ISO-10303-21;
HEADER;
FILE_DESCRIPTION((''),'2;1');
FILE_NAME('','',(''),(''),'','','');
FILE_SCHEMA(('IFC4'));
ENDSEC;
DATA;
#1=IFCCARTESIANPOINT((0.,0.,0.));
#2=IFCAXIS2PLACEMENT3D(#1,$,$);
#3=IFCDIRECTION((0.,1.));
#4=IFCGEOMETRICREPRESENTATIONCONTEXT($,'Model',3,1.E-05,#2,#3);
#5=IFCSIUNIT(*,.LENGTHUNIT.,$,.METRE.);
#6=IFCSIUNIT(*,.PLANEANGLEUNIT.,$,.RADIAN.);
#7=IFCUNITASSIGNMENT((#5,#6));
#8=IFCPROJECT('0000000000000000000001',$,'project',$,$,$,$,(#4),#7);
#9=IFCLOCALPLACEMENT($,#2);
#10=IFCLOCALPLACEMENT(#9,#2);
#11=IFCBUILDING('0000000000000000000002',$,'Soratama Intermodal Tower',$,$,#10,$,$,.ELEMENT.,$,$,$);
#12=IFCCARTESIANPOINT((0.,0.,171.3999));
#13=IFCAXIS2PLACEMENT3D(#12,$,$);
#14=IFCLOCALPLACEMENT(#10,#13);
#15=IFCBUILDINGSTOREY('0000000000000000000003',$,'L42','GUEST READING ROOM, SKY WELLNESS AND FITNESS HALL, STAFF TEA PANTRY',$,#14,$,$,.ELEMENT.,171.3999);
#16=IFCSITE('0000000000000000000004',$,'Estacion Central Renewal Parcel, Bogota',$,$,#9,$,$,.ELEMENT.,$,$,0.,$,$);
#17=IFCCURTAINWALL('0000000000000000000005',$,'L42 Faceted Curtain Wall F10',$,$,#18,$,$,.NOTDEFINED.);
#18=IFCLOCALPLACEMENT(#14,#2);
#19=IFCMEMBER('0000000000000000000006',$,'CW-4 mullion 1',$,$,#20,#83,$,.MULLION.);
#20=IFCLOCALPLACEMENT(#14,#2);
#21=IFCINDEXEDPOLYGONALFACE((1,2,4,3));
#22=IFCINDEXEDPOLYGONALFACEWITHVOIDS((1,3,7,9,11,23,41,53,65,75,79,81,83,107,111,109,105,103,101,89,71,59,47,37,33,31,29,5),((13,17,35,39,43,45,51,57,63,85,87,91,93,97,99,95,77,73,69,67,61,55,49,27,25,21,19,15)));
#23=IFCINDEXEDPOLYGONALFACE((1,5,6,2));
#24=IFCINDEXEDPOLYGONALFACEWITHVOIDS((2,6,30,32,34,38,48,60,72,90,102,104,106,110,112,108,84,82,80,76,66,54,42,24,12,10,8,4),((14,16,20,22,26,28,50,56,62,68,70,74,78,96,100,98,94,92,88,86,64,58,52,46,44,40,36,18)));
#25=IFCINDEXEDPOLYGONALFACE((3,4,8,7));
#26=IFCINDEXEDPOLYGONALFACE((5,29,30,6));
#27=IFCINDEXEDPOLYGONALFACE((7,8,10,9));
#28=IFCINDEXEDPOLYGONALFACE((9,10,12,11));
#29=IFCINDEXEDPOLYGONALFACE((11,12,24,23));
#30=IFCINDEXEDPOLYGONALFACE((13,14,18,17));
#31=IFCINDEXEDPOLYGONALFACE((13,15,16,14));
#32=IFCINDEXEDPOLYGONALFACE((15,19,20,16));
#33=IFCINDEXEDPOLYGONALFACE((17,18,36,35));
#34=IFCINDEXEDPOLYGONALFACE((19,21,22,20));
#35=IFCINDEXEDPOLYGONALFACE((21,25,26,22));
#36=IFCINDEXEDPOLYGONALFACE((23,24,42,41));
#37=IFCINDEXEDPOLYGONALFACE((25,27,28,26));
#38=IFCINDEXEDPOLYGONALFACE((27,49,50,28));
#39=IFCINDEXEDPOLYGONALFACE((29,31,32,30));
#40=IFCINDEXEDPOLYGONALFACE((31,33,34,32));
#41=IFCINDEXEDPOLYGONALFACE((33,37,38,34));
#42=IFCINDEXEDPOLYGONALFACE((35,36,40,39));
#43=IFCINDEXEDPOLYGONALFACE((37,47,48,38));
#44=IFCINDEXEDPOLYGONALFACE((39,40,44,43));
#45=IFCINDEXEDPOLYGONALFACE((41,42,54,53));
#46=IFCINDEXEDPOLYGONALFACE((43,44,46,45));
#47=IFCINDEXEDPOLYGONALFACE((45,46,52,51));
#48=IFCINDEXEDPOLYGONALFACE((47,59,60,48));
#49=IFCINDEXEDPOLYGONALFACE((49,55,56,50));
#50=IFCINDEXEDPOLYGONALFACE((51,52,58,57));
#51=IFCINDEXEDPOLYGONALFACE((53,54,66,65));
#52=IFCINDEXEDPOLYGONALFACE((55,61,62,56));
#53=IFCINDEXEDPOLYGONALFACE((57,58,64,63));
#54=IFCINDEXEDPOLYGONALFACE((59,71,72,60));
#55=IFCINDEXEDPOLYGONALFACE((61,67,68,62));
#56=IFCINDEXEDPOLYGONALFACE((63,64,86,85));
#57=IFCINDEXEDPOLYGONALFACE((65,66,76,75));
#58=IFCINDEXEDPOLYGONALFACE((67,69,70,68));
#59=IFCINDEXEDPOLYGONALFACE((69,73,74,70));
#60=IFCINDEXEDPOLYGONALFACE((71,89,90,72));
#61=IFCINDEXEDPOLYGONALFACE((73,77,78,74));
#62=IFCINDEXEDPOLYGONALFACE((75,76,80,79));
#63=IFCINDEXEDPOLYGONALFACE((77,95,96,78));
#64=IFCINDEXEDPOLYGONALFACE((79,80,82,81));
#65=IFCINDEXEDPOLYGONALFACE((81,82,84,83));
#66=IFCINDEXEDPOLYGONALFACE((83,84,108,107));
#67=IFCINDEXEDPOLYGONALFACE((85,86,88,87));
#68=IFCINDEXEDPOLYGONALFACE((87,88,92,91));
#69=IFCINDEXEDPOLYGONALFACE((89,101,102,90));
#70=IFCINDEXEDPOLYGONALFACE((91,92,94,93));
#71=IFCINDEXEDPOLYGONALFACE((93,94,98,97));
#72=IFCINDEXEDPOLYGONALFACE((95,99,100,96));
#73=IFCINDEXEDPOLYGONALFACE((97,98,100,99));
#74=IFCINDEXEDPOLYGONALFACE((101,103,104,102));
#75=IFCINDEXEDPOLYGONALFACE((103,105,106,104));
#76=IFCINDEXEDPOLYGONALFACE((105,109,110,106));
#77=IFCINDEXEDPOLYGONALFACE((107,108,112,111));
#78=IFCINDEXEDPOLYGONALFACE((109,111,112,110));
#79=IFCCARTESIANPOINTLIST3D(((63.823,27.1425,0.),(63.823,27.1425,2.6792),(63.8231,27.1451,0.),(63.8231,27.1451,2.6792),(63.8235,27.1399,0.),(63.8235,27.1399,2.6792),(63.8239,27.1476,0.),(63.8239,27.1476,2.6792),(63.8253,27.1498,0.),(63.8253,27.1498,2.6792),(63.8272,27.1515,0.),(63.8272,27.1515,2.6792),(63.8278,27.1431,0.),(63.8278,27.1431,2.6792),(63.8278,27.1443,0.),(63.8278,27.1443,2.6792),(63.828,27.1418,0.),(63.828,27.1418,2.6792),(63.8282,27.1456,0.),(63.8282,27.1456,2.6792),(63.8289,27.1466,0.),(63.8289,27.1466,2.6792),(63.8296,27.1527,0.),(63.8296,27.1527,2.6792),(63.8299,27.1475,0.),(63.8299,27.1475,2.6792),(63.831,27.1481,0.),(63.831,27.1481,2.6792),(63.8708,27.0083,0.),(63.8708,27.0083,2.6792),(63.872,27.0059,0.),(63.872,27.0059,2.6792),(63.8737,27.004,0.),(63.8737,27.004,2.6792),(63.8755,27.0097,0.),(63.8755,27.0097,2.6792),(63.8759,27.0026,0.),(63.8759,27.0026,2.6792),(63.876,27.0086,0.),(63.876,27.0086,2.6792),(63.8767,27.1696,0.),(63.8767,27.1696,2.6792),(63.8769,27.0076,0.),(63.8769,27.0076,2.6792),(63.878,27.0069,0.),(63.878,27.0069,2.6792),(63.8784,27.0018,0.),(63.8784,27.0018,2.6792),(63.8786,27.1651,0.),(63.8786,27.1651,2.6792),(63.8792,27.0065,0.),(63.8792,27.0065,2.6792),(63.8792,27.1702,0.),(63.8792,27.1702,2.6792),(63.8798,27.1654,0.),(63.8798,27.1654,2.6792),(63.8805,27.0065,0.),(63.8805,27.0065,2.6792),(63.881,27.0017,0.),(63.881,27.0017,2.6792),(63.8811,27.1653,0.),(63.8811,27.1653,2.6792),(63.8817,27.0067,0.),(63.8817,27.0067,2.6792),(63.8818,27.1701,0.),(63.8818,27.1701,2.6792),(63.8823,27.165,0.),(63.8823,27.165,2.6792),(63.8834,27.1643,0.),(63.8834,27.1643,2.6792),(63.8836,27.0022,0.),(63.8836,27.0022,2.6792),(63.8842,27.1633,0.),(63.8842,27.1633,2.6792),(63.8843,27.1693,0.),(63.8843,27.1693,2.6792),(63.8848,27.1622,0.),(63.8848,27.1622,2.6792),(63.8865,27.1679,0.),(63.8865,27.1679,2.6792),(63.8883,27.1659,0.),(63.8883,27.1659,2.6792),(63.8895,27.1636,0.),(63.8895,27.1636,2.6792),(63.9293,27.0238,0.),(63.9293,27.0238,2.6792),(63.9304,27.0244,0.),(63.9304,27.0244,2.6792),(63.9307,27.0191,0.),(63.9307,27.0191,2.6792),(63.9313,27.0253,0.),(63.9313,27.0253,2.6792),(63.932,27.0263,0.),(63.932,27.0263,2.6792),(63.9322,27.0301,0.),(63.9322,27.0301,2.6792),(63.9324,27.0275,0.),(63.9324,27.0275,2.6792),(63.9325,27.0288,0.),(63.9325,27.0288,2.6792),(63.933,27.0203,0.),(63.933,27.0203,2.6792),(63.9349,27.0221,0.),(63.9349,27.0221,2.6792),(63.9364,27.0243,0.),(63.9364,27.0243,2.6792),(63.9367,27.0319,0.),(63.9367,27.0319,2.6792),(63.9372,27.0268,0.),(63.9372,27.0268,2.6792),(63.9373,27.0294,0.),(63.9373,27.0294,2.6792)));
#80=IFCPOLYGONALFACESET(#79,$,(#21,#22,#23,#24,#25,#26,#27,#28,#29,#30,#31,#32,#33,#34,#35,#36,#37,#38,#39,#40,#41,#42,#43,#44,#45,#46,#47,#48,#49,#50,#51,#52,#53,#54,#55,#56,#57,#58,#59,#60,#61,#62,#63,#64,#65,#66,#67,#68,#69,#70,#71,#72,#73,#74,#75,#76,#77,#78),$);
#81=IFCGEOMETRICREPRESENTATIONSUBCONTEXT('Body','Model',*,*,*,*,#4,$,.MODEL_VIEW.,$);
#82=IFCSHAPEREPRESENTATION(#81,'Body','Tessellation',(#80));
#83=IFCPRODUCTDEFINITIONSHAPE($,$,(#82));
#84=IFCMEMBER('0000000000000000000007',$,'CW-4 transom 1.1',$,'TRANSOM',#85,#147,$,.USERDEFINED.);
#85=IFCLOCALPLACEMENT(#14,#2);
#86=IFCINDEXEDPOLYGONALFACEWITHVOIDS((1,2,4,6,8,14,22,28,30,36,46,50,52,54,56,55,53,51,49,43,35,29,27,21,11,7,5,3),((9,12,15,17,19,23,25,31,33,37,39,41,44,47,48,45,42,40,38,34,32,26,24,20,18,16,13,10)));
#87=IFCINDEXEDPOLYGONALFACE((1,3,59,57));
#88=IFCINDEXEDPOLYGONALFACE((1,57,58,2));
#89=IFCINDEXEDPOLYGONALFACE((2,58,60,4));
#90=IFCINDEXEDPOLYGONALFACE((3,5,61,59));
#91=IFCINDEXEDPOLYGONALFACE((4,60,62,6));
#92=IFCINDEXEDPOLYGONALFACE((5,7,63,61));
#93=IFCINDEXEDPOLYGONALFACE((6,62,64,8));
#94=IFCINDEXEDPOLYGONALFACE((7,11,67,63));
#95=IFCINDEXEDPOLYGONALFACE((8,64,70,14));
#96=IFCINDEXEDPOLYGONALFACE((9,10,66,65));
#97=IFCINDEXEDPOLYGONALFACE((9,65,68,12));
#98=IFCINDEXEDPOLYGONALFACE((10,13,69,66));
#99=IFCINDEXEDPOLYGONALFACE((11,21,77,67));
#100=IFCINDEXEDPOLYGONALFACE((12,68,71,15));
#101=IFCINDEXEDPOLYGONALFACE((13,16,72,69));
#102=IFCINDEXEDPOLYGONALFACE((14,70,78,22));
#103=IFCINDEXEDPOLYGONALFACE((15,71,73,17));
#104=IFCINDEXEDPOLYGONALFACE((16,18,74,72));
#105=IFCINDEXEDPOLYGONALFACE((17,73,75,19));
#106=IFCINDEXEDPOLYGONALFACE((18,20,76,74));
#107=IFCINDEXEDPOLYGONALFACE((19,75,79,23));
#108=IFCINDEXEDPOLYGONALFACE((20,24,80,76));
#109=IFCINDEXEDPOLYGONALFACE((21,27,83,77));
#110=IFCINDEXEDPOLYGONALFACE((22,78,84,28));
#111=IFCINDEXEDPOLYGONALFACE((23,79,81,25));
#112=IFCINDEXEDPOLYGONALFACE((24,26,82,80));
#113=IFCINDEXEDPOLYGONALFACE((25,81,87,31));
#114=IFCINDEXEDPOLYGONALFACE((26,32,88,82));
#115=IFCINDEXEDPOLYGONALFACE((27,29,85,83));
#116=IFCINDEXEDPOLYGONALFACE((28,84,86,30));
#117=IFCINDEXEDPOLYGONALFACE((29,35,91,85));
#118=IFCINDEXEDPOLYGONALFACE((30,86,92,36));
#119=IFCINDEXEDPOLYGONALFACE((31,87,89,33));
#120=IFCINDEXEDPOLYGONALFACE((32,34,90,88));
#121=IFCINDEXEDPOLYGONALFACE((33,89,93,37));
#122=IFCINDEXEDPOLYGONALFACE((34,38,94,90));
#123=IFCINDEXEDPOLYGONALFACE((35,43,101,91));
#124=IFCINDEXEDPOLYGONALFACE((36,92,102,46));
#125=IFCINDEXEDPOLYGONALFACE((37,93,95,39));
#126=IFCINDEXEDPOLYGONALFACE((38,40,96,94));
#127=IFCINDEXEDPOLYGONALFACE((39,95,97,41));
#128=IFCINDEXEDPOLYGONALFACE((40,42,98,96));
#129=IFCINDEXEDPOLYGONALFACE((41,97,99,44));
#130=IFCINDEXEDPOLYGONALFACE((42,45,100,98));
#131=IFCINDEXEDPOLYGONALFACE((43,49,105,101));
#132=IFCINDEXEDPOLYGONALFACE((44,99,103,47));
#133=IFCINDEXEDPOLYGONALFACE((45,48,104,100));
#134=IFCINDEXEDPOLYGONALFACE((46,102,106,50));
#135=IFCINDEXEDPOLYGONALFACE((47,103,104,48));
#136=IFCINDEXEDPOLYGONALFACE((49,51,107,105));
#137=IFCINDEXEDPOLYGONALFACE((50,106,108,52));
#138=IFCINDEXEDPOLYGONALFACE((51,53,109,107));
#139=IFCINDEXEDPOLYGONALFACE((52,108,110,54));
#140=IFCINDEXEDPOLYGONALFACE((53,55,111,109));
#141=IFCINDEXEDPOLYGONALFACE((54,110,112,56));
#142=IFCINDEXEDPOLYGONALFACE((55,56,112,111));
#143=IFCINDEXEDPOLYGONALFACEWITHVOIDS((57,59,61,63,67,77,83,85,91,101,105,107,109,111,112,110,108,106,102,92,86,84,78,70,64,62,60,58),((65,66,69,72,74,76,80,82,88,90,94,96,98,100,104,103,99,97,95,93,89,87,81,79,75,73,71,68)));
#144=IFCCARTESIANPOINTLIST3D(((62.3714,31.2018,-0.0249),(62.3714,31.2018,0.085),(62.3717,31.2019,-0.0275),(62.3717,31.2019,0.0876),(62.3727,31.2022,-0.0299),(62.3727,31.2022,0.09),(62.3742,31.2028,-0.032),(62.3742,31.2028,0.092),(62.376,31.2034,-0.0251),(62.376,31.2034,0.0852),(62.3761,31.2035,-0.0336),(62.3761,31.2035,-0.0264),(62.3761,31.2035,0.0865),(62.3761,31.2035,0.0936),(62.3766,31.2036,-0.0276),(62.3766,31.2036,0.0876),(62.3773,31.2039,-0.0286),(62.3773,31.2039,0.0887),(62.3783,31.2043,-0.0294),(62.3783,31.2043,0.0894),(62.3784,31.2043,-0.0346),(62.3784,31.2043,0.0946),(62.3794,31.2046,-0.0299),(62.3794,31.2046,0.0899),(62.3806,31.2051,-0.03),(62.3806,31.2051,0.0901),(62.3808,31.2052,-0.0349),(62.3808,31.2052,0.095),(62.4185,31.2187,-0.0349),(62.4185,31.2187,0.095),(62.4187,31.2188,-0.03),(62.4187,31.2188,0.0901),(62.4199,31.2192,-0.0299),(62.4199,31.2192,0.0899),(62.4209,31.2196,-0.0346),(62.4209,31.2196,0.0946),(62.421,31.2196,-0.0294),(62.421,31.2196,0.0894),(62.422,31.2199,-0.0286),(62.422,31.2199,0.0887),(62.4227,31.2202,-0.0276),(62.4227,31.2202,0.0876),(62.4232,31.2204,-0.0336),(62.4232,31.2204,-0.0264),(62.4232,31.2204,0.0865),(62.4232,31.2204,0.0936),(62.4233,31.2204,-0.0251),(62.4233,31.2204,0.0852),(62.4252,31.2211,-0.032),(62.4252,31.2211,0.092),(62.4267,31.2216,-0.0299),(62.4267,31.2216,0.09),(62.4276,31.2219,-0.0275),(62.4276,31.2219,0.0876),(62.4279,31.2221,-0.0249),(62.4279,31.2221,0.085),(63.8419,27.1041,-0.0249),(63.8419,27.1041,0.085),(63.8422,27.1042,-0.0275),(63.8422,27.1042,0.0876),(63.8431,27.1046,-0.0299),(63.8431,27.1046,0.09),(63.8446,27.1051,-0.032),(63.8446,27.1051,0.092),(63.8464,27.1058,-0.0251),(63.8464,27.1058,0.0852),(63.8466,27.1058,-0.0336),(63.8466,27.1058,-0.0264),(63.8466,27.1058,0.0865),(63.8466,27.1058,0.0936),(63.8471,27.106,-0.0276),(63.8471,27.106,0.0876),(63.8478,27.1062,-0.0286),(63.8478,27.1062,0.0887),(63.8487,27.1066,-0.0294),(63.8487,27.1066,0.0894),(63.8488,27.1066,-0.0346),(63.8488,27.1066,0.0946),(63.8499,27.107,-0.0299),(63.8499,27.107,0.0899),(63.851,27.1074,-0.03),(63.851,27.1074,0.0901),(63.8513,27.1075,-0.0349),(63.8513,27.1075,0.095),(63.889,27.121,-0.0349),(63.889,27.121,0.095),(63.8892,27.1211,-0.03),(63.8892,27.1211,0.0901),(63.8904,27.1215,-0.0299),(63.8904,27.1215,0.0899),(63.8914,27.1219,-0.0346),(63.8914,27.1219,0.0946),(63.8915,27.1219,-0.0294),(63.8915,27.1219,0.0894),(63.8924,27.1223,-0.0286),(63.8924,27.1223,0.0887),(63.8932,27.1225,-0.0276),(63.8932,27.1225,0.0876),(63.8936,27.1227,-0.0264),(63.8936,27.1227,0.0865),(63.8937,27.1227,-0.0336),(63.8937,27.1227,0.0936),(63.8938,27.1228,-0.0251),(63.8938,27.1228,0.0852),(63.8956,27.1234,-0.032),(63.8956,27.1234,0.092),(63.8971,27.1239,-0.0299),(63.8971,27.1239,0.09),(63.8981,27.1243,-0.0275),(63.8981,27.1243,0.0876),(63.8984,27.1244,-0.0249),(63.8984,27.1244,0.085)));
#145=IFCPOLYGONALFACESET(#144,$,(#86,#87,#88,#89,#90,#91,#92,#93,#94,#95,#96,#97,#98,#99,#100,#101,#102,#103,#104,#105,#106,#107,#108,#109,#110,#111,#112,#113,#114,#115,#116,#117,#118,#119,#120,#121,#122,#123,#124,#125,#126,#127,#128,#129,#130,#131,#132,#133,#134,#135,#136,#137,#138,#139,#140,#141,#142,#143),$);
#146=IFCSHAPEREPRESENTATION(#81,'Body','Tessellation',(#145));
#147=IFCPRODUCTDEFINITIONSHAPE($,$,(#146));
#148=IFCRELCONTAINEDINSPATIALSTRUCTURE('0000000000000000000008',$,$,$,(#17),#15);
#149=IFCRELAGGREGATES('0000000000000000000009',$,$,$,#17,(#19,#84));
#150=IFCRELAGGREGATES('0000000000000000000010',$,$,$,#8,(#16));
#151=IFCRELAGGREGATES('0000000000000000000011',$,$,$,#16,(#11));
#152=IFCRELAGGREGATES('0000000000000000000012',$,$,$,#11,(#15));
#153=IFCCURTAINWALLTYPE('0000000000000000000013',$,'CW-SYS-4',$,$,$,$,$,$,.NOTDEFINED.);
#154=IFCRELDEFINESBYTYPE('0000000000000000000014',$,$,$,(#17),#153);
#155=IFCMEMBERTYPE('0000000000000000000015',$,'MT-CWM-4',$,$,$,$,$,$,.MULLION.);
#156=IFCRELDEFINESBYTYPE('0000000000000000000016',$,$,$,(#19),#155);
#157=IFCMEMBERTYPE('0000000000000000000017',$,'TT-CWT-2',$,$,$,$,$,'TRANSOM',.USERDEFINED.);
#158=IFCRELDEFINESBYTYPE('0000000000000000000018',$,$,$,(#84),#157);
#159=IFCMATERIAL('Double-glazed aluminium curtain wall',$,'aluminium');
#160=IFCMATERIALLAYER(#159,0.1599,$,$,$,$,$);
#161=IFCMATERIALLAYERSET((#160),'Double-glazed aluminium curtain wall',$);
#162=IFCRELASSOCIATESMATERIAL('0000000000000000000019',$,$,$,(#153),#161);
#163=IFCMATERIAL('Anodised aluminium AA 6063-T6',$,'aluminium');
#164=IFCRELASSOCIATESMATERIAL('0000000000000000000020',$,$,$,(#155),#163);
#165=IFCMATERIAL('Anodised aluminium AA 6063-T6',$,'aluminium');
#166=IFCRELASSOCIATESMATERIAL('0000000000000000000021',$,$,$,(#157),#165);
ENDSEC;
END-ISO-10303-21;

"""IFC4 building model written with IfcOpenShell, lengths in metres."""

from ifc_helpers import new_model, si_unit, direction, frame, origin, origin_2d, place, context, subcontext, project, spatial, hollow_rectangle, extrude, material, layer, layer_set, material_profile, profile_set, type_object, element, aggregate, save


model = new_model("IFC4")

# Units and contexts
model_context = context("Model", 3, precision=1e-05, world=origin(), true_north=direction((0.0, 1.0)))
body_context = subcontext(model_context, "Body", "Model", "MODEL_VIEW")
ifc_project = project(units=[si_unit("LENGTHUNIT", "METRE"), si_unit("PLANEANGLEUNIT", "RADIAN")], contexts=[model_context])

# Site, building, storey
site_placement = place(None, origin())
site = spatial("IfcSite", under=ifc_project, at=site_placement, Name="Estacion Central Renewal Parcel, Bogota", CompositionType="ELEMENT", RefElevation=0.0)
building_placement = place(site_placement, origin())
building = spatial("IfcBuilding", under=site, at=building_placement, Name="Soratama Intermodal Tower", CompositionType="ELEMENT")
storey_placement = place(building_placement, frame((0.0, 0.0, 171.3999)))
storey = spatial("IfcBuildingStorey", under=building, at=storey_placement, Name="L42", Description="GUEST READING ROOM, SKY WELLNESS AND FITNESS HALL, STAFF TEA PANTRY", CompositionType="ELEMENT", Elevation=171.3999)

# Curtain wall, members
ifc_material_1 = material(Name="Double-glazed aluminium curtain wall", Category="aluminium")
ifc_layer_1 = layer(ifc_material_1, 0.1599)
ifc_layer_set_1 = layer_set([ifc_layer_1], Name="Double-glazed aluminium curtain wall")
curtain_wall_type = type_object("IfcCurtainWallType", Name="CW-SYS-4", PredefinedType="NOTDEFINED", material=ifc_layer_set_1)
curtain_wall_placement = place(storey_placement, origin())
curtain_wall = element("IfcCurtainWall", 1, at=curtain_wall_placement, inside=storey, type_object=curtain_wall_type, Name="L42 Faceted Curtain Wall F10", PredefinedType="NOTDEFINED")
ifc_material_2 = material(Name="Anodised aluminium AA 6063-T6", Category="aluminium")
ifc_material_profile_1 = material_profile(ifc_material_2, hollow_rectangle(XDim=0.0701, YDim=0.1599, WallThickness=0.0049, InnerFilletRadius=0.0049, OuterFilletRadius=0.01, at=origin_2d()), Name="CWM160X70X5")
ifc_profile_set_1 = profile_set([ifc_material_profile_1], Name="Anodised aluminium AA 6063-T6")
member_type_1 = type_object("IfcMemberType", Name="MT-CWM-4", PredefinedType="MULLION", material=ifc_profile_set_1)
member_1_placement = place(storey_placement, frame((63.8801, 27.0859, 0.0), z_axis=(0.0, 0.0, 1.0), x_axis=(-0.941235, -0.337751, 0.0)))
member_1 = element("IfcMember", 2, at=member_1_placement, type_object=member_type_1, Name="CW-4 mullion 1", PredefinedType="MULLION", context=body_context, shape_type="SweptSolid", body=[
    extrude(hollow_rectangle(XDim=0.0701, YDim=0.1599, WallThickness=0.0049, InnerFilletRadius=0.0049, OuterFilletRadius=0.01, at=origin_2d()), origin(), (0.0, 0.0, 1.0), 2.6792),
])
ifc_material_3 = material(Name="Anodised aluminium AA 6063-T6", Category="aluminium")
ifc_material_profile_2 = material_profile(ifc_material_3, hollow_rectangle(XDim=0.0601, YDim=0.1299, WallThickness=0.0049, InnerFilletRadius=0.0049, OuterFilletRadius=0.01, at=origin_2d()), Name="CWT130X60X5")
ifc_profile_set_2 = profile_set([ifc_material_profile_2], Name="Anodised aluminium AA 6063-T6")
member_type_2 = type_object("IfcMemberType", Name="TT-CWT-2", ElementType="TRANSOM", PredefinedType="USERDEFINED", material=ifc_profile_set_2)
member_2_placement = place(storey_placement, frame((63.8701, 27.1143, 0.03), z_axis=(-0.337764, 0.941231, 0.0), x_axis=(-0.941231, -0.337764, 0.0)))
member_2 = element("IfcMember", 3, at=member_2_placement, type_object=member_type_2, Name="CW-4 transom 1.1", ObjectType="TRANSOM", PredefinedType="USERDEFINED", context=body_context, shape_type="SweptSolid", body=[
    extrude(hollow_rectangle(XDim=0.0601, YDim=0.1299, WallThickness=0.0049, InnerFilletRadius=0.0049, OuterFilletRadius=0.01, at=origin_2d()), origin(), (0.0, 0.0, 1.0), 4.3535),
])
aggregate(curtain_wall, [member_1, member_2])

save(model, "model.ifc")
